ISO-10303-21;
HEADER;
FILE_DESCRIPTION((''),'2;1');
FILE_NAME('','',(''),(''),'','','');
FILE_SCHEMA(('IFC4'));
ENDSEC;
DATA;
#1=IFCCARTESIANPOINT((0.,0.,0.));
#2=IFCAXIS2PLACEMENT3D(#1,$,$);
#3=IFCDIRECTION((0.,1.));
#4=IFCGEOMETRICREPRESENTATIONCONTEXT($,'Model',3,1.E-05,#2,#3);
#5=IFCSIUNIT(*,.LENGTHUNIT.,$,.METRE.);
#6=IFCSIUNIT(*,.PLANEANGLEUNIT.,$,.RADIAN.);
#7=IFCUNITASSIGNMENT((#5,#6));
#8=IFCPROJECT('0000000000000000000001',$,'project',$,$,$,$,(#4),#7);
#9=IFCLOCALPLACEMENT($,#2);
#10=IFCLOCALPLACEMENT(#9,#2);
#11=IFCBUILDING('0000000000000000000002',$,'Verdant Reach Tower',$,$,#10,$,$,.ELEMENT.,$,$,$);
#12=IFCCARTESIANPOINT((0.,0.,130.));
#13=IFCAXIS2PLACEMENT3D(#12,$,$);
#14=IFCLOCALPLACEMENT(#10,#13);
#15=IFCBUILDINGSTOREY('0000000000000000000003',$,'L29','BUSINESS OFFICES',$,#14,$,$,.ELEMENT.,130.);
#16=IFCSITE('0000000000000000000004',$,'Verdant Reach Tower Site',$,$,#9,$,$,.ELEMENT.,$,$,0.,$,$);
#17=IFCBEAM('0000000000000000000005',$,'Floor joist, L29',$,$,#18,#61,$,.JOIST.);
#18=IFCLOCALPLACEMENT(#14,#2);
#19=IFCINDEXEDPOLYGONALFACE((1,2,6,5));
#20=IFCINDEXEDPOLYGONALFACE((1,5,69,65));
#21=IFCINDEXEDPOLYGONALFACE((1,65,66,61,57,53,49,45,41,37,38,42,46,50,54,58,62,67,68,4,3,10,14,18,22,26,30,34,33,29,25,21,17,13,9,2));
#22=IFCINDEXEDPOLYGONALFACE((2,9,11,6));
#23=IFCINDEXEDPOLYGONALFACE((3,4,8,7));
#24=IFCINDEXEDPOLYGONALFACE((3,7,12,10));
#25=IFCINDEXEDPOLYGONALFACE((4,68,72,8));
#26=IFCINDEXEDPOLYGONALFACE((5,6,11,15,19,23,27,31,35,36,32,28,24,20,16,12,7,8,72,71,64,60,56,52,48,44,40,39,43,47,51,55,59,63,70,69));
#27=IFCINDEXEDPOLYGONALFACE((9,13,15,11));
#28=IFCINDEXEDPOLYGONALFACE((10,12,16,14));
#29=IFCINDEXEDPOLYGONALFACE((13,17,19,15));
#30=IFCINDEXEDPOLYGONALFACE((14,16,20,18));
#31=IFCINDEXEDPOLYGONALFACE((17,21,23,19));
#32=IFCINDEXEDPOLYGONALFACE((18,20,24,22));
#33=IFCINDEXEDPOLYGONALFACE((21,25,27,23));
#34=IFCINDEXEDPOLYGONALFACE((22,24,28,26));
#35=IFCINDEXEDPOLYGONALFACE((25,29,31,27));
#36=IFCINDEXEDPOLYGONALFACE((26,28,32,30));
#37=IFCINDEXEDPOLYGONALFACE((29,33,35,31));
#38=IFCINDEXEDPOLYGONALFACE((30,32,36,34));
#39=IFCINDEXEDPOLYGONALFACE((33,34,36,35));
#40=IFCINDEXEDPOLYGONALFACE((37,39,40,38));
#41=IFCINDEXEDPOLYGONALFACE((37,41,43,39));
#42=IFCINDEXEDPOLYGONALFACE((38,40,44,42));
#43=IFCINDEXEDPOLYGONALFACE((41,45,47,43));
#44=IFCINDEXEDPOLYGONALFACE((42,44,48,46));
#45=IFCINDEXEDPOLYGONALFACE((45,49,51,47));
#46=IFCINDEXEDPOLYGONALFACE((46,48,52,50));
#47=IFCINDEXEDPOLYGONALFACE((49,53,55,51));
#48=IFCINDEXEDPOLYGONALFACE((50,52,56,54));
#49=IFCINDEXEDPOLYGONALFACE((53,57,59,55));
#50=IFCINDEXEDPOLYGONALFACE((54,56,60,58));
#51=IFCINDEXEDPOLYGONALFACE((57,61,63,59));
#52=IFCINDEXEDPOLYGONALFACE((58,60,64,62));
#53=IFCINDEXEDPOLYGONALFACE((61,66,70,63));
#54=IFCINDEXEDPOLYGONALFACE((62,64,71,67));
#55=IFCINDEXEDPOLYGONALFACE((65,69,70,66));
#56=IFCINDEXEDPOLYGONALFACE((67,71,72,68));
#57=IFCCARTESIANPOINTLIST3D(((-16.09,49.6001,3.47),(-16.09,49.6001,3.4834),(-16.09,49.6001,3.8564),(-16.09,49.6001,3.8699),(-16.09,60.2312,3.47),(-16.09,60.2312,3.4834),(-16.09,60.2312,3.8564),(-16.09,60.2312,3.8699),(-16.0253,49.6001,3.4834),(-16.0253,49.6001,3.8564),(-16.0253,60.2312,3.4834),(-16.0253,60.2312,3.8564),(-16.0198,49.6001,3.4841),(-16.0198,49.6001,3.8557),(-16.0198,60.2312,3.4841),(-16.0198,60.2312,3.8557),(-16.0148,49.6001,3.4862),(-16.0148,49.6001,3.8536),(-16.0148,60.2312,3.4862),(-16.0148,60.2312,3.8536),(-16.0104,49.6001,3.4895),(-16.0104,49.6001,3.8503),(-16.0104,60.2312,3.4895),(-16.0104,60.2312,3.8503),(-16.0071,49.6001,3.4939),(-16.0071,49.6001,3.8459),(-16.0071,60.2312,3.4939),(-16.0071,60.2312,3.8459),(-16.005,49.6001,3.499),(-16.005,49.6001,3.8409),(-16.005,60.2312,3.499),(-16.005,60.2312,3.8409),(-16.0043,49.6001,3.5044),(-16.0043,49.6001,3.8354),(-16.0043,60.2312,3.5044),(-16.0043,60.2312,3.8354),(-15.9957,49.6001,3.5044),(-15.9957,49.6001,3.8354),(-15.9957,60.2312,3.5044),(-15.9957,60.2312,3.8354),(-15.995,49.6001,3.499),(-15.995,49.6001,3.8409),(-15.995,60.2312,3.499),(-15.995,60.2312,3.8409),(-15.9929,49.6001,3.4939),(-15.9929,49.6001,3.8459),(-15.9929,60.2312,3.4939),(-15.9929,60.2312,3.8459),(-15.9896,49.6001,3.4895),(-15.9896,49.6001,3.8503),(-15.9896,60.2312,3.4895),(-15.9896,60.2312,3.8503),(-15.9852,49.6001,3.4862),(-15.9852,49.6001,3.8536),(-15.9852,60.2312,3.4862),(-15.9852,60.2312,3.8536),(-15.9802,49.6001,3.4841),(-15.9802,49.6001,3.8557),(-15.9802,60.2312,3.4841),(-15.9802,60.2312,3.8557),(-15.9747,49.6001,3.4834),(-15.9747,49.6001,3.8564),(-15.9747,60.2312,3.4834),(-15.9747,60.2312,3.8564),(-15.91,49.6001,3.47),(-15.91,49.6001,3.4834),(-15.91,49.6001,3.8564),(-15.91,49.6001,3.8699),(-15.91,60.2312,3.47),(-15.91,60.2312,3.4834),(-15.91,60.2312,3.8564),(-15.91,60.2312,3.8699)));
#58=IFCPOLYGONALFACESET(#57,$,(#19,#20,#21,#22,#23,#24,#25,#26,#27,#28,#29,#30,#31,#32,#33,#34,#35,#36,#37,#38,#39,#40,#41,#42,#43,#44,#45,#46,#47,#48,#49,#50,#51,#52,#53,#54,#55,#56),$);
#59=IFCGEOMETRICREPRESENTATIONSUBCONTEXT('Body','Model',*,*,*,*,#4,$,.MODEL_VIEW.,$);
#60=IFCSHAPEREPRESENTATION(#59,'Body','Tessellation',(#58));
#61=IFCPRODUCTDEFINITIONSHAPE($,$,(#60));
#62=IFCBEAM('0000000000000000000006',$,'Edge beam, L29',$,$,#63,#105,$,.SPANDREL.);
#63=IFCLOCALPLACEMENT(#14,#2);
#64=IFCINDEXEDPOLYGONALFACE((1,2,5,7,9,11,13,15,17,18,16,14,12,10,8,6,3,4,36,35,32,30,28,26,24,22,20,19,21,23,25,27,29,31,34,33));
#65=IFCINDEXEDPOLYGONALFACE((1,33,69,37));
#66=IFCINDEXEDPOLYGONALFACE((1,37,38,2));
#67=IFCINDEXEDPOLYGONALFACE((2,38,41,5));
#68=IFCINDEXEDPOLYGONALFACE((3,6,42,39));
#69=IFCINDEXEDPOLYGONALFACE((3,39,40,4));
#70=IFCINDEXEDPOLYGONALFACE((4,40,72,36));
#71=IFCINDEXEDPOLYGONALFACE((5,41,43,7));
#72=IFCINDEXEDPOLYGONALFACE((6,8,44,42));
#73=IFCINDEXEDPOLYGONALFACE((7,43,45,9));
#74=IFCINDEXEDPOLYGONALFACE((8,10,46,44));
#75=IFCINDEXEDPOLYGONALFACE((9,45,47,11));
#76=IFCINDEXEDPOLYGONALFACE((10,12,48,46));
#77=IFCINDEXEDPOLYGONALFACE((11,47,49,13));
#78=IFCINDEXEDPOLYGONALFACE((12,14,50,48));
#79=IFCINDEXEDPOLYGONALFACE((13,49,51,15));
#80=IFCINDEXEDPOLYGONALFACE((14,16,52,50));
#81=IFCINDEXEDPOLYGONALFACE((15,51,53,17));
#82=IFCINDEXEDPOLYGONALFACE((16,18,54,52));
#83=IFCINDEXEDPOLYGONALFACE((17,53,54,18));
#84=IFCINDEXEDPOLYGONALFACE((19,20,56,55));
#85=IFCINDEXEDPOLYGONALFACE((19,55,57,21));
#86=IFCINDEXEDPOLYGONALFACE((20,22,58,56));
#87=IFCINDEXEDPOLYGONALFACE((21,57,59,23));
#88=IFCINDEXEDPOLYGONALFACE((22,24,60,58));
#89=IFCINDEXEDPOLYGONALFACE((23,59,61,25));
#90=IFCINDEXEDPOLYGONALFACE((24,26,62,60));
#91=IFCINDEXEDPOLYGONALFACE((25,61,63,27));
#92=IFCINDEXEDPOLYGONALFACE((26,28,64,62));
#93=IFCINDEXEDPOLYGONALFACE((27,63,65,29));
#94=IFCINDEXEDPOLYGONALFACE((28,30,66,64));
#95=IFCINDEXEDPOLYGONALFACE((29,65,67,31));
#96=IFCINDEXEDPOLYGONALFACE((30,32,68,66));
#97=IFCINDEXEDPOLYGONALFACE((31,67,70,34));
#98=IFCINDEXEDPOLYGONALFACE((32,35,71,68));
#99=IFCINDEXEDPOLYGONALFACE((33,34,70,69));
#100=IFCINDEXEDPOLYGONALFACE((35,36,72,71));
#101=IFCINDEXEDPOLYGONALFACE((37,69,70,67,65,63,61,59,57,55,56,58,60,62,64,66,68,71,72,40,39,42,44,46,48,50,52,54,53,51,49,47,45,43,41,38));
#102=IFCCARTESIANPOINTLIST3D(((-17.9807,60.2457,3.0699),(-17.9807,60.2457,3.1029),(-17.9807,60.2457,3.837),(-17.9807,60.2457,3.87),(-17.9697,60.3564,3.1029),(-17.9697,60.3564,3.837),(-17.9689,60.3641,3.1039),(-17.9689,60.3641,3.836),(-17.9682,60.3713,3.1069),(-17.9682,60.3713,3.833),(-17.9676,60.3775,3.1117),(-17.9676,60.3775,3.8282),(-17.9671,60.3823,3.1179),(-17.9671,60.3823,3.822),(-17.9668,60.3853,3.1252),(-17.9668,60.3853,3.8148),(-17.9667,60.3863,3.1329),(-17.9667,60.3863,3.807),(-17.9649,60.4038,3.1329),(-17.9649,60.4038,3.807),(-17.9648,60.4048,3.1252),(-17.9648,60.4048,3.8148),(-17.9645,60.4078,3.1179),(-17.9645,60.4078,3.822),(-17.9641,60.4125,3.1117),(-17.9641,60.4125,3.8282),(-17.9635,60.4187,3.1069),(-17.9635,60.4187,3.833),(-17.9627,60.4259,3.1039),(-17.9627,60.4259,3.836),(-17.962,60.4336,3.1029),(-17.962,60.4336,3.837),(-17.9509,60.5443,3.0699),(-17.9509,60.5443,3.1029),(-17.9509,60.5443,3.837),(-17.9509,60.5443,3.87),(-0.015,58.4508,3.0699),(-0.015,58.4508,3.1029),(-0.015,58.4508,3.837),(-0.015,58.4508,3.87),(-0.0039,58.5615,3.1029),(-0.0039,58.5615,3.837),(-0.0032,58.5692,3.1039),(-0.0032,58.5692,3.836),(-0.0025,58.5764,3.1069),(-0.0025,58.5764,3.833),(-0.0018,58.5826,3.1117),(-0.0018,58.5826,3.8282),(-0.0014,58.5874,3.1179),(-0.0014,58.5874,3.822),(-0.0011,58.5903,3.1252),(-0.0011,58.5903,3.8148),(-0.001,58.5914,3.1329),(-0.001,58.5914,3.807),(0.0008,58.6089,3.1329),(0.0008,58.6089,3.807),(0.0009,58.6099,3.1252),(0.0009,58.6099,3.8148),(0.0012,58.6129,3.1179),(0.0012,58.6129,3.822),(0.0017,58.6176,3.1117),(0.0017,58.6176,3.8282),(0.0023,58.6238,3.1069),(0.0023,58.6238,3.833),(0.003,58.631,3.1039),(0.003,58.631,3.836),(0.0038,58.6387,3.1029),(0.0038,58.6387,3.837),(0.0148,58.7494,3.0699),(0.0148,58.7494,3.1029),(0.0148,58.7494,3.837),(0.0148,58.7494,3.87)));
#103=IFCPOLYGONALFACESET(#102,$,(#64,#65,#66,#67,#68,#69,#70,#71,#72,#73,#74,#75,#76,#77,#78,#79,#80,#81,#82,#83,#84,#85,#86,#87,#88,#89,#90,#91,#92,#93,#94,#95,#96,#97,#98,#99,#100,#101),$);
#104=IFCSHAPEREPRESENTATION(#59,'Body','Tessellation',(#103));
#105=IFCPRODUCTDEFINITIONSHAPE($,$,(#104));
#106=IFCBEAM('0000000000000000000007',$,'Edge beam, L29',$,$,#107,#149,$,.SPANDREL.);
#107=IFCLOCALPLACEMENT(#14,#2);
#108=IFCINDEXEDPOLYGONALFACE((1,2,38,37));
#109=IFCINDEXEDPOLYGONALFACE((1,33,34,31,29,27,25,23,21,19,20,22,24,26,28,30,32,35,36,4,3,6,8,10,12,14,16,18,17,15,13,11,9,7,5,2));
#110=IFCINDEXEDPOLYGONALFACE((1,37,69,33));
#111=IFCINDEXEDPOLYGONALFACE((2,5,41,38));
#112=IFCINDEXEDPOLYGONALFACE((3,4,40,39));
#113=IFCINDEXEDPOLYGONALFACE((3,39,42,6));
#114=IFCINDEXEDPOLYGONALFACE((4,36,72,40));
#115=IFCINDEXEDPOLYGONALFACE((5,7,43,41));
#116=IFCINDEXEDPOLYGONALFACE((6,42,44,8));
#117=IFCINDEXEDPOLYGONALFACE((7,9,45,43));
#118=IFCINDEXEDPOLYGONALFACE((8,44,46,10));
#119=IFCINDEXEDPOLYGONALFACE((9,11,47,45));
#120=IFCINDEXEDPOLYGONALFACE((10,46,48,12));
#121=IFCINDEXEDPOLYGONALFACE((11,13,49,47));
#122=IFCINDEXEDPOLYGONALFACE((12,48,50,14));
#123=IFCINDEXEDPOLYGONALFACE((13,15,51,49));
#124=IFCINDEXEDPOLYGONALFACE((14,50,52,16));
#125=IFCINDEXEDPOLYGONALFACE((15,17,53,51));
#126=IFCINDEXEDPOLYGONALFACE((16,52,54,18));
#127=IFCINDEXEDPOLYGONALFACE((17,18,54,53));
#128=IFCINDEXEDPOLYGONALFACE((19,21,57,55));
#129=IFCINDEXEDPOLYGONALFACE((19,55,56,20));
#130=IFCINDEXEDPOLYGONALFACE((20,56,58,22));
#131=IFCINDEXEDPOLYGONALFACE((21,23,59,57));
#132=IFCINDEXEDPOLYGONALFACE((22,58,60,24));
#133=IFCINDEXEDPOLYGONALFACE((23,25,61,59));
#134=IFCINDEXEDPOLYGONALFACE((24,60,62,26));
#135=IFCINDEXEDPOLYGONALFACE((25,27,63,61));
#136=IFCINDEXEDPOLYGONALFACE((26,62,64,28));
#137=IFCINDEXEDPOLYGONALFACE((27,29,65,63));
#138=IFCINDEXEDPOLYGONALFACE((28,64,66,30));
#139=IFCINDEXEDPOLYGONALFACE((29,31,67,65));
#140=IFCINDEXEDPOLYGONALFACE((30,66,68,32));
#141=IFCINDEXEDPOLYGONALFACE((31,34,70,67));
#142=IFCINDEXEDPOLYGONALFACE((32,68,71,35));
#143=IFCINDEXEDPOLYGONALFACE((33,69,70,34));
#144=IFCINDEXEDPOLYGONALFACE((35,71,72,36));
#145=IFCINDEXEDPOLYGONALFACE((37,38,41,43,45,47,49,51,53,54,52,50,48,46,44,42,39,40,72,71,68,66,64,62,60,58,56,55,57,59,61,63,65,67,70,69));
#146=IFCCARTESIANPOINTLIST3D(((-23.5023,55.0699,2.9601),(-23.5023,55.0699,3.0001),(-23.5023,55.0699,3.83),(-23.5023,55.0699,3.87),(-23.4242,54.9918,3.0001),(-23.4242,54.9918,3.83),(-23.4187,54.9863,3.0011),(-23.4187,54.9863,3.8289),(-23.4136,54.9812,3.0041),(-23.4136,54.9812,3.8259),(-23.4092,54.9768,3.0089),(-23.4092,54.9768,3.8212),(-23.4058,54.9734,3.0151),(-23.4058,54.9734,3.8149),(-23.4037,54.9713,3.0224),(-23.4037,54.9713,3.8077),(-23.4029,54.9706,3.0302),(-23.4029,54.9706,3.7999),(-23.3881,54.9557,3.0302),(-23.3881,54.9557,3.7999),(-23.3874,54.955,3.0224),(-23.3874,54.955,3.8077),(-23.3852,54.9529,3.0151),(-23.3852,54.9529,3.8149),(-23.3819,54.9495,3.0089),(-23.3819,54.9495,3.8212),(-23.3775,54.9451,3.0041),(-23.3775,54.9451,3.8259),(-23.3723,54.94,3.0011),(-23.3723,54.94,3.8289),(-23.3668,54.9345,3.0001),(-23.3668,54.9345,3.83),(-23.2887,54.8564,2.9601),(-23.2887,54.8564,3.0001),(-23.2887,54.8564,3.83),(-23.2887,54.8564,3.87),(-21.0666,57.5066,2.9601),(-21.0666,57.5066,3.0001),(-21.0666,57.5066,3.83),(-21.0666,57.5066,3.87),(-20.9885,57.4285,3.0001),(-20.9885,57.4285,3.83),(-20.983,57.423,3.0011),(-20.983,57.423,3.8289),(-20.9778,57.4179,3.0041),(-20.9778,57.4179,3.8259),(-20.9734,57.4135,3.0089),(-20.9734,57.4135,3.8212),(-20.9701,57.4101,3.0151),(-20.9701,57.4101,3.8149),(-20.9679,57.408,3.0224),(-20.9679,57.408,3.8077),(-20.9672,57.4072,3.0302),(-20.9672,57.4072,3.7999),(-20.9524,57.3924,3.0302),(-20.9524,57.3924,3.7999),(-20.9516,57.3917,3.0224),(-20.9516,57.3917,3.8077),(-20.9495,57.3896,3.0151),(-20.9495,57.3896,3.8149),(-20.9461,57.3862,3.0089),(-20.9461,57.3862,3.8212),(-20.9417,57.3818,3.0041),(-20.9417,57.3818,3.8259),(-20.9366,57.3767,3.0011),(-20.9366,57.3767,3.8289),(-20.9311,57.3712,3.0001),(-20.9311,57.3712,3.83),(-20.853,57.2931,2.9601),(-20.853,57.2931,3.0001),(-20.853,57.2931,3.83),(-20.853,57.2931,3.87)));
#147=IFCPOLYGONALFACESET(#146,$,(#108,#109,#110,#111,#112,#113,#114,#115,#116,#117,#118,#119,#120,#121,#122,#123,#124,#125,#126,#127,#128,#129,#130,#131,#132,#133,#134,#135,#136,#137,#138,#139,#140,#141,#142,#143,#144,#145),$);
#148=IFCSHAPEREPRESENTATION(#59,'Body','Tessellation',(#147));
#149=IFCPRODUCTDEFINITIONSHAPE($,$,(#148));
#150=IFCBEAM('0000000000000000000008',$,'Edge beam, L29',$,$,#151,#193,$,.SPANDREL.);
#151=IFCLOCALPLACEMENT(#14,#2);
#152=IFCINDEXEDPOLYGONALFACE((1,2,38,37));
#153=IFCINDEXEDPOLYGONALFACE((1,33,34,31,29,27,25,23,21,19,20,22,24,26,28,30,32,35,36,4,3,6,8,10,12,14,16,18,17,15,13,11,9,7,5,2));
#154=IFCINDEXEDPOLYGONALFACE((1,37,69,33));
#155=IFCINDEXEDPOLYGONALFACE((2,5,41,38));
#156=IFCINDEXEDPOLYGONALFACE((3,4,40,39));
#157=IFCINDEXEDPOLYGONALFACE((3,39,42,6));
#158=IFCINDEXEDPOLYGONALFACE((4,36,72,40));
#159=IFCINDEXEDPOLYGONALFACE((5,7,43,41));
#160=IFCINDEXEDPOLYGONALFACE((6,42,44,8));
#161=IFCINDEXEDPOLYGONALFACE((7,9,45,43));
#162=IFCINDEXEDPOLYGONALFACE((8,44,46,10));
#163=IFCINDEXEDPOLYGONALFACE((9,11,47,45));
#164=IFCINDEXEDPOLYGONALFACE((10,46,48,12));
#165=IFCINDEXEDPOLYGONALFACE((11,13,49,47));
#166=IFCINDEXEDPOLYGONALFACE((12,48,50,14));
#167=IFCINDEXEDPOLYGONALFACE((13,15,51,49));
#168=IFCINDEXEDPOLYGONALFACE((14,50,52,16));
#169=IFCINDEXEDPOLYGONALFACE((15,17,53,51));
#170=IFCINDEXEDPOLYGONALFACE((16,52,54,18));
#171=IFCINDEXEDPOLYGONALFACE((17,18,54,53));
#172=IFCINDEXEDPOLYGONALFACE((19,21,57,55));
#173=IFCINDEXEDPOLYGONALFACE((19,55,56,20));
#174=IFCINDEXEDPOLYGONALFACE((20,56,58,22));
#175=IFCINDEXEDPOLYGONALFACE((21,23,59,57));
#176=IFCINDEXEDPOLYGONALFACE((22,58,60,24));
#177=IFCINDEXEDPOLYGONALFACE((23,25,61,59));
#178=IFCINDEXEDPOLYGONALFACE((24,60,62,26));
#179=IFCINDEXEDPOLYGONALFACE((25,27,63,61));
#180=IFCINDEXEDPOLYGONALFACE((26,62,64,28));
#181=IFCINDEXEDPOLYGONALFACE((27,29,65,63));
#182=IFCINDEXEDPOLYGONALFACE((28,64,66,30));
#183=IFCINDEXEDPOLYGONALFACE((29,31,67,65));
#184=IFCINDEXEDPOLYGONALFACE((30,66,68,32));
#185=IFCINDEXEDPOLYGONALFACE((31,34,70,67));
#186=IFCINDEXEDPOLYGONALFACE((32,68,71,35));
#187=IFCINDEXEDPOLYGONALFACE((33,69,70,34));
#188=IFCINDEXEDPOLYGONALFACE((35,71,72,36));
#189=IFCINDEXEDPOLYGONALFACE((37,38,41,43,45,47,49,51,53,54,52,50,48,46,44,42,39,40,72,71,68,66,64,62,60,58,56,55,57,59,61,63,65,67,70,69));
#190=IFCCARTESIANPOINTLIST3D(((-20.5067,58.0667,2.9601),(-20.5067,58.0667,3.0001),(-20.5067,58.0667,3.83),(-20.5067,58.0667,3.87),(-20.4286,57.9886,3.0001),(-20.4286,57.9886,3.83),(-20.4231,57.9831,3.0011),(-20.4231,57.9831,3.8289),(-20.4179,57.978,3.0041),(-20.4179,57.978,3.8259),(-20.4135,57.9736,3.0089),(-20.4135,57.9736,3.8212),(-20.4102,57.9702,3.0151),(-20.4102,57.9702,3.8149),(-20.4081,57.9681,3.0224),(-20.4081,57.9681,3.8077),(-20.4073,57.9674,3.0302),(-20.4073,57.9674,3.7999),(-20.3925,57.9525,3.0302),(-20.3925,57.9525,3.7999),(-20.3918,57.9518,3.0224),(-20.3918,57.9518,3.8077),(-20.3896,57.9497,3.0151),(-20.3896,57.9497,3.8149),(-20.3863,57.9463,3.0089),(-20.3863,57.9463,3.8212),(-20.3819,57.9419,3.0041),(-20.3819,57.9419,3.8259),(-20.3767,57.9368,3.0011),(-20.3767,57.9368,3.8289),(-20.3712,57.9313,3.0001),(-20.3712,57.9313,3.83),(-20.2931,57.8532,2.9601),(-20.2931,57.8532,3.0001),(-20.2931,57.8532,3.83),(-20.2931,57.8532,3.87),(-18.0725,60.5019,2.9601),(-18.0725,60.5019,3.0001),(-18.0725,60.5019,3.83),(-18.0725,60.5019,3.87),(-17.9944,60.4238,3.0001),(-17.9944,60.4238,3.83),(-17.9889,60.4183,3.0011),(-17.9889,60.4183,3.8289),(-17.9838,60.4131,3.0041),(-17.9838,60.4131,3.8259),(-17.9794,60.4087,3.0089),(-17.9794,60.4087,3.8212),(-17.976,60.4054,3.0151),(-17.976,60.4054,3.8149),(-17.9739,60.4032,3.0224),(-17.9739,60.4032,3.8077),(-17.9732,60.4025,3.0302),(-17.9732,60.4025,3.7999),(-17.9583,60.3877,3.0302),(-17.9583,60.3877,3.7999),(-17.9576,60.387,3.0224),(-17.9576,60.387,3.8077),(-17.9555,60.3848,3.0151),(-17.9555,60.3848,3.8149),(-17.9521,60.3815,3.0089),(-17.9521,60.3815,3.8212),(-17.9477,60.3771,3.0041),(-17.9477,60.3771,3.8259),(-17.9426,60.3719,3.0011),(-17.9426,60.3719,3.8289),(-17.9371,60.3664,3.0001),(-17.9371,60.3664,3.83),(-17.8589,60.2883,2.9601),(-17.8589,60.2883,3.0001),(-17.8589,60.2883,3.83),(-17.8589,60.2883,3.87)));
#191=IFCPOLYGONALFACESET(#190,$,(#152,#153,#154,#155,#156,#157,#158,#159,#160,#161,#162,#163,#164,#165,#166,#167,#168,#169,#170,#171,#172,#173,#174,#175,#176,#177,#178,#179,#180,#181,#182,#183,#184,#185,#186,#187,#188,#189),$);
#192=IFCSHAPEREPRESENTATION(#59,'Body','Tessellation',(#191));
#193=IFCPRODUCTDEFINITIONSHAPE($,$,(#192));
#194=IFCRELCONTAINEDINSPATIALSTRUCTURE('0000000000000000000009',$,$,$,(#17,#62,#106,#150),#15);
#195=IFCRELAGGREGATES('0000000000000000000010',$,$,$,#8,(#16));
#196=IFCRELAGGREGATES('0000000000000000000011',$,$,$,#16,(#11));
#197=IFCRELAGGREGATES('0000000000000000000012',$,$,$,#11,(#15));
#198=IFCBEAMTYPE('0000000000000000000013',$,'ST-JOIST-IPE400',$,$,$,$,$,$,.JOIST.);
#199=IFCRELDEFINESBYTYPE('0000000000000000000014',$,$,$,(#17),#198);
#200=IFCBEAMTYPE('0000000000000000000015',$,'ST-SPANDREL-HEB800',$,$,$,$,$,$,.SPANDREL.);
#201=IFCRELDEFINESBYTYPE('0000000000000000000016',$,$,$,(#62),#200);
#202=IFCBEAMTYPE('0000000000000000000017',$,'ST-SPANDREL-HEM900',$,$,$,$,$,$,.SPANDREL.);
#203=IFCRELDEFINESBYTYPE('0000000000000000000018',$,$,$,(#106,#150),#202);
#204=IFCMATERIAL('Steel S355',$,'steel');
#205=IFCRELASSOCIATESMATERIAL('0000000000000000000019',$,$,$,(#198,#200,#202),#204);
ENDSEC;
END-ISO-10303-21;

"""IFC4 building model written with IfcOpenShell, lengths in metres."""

from ifc_helpers import new_model, si_unit, direction, frame, origin, origin_2d, place, context, subcontext, project, spatial, i_section, extrude, material, material_profile, profile_set, type_object, element, save


model = new_model("IFC4")

# Units and contexts
model_context = context("Model", 3, precision=1e-05, world=origin(), true_north=direction((0.0, 1.0)))
body_context = subcontext(model_context, "Body", "Model", "MODEL_VIEW")
ifc_project = project(units=[si_unit("LENGTHUNIT", "METRE"), si_unit("PLANEANGLEUNIT", "RADIAN")], contexts=[model_context])

# Site, building, storey
site_placement = place(None, origin())
site = spatial("IfcSite", under=ifc_project, at=site_placement, Name="Verdant Reach Tower Site", CompositionType="ELEMENT", RefElevation=0.0)
building_placement = place(site_placement, origin())
building = spatial("IfcBuilding", under=site, at=building_placement, Name="Verdant Reach Tower", CompositionType="ELEMENT")
storey_placement = place(building_placement, frame((0.0, 0.0, 130.0)))
storey = spatial("IfcBuildingStorey", under=building, at=storey_placement, Name="L29", Description="BUSINESS OFFICES", CompositionType="ELEMENT", Elevation=130.0)

# Beams
ifc_material_1 = material(Name="Steel S355", Category="steel")
ifc_material_profile_1 = material_profile(ifc_material_1, i_section(OverallWidth=0.1799, OverallDepth=0.3999, WebThickness=0.0085, FlangeThickness=0.0134, FilletRadius=0.021, at=origin_2d()), Name="IPE 400")
ifc_profile_set_1 = profile_set([ifc_material_profile_1], Name="Steel S355")
beam_type_1 = type_object("IfcBeamType", Name="ST-JOIST-IPE400", PredefinedType="JOIST", material=ifc_profile_set_1)
beam_1_placement = place(storey_placement, frame((-16.0, 49.6001, 3.6699), z_axis=(0.0, 1.0, 0.0), x_axis=(-1.0, 0.0, 0.0)))
element("IfcBeam", 1, at=beam_1_placement, inside=storey, type_object=beam_type_1, Name="Floor joist, L29", PredefinedType="JOIST", context=body_context, shape_type="SweptSolid", body=[
    extrude(i_section(OverallWidth=0.1799, OverallDepth=0.3999, WebThickness=0.0085, FlangeThickness=0.0134, FilletRadius=0.021, at=origin_2d()), origin(), (0.0, 0.0, 1.0), 10.6311),
])
ifc_material_profile_2 = material_profile(ifc_material_1, i_section(OverallWidth=0.3, OverallDepth=0.8, WebThickness=0.0176, FlangeThickness=0.033, FilletRadius=0.03, at=origin_2d()), Name="HEB 800")
ifc_profile_set_2 = profile_set([ifc_material_profile_2], Name="Steel S355")
beam_type_2 = type_object("IfcBeamType", Name="ST-SPANDREL-HEB800", PredefinedType="SPANDREL", material=ifc_profile_set_2)
beam_2_placement = place(storey_placement, frame((-17.9658, 60.395, 3.47), z_axis=(0.995046, -0.099413, 0.0), x_axis=(0.099413, 0.995046, 0.0)))
element("IfcBeam", 2, at=beam_2_placement, inside=storey, type_object=beam_type_2, Name="Edge beam, L29", PredefinedType="SPANDREL", context=body_context, shape_type="SweptSolid", body=[
    extrude(i_section(OverallWidth=0.3, OverallDepth=0.8, WebThickness=0.0176, FlangeThickness=0.033, FilletRadius=0.03, at=origin_2d()), origin(), (0.0, 0.0, 1.0), 18.0552),
])
ifc_material_profile_3 = material_profile(ifc_material_1, i_section(OverallWidth=0.302, OverallDepth=0.9099, WebThickness=0.021, FlangeThickness=0.04, FilletRadius=0.03, at=origin_2d()), Name="HEM 900")
ifc_profile_set_3 = profile_set([ifc_material_profile_3], Name="Steel S355")
beam_type_3 = type_object("IfcBeamType", Name="ST-SPANDREL-HEM900", PredefinedType="SPANDREL", material=ifc_profile_set_3)
beam_3_placement = place(storey_placement, frame((-23.3955, 54.9631, 3.415), z_axis=(0.706965, 0.707248, 0.0), x_axis=(-0.707248, 0.706965, 0.0)))
element("IfcBeam", 3, at=beam_3_placement, inside=storey, type_object=beam_type_3, Name="Edge beam, L29", PredefinedType="SPANDREL", context=body_context, shape_type="SweptSolid", body=[
    extrude(i_section(OverallWidth=0.302, OverallDepth=0.9099, WebThickness=0.021, FlangeThickness=0.04, FilletRadius=0.03, at=origin_2d()), origin(), (0.0, 0.0, 1.0), 3.4453),
])
beam_4_placement = place(storey_placement, frame((-20.3999, 57.96, 3.415), z_axis=(0.706965, 0.707249, 0.0), x_axis=(-0.707249, 0.706965, 0.0)))
element("IfcBeam", 4, at=beam_4_placement, inside=storey, type_object=beam_type_3, Name="Edge beam, L29", PredefinedType="SPANDREL", context=body_context, shape_type="SweptSolid", body=[
    extrude(i_section(OverallWidth=0.302, OverallDepth=0.9099, WebThickness=0.021, FlangeThickness=0.04, FilletRadius=0.03, at=origin_2d()), origin(), (0.0, 0.0, 1.0), 3.4431),
])

save(model, "model.ifc")
